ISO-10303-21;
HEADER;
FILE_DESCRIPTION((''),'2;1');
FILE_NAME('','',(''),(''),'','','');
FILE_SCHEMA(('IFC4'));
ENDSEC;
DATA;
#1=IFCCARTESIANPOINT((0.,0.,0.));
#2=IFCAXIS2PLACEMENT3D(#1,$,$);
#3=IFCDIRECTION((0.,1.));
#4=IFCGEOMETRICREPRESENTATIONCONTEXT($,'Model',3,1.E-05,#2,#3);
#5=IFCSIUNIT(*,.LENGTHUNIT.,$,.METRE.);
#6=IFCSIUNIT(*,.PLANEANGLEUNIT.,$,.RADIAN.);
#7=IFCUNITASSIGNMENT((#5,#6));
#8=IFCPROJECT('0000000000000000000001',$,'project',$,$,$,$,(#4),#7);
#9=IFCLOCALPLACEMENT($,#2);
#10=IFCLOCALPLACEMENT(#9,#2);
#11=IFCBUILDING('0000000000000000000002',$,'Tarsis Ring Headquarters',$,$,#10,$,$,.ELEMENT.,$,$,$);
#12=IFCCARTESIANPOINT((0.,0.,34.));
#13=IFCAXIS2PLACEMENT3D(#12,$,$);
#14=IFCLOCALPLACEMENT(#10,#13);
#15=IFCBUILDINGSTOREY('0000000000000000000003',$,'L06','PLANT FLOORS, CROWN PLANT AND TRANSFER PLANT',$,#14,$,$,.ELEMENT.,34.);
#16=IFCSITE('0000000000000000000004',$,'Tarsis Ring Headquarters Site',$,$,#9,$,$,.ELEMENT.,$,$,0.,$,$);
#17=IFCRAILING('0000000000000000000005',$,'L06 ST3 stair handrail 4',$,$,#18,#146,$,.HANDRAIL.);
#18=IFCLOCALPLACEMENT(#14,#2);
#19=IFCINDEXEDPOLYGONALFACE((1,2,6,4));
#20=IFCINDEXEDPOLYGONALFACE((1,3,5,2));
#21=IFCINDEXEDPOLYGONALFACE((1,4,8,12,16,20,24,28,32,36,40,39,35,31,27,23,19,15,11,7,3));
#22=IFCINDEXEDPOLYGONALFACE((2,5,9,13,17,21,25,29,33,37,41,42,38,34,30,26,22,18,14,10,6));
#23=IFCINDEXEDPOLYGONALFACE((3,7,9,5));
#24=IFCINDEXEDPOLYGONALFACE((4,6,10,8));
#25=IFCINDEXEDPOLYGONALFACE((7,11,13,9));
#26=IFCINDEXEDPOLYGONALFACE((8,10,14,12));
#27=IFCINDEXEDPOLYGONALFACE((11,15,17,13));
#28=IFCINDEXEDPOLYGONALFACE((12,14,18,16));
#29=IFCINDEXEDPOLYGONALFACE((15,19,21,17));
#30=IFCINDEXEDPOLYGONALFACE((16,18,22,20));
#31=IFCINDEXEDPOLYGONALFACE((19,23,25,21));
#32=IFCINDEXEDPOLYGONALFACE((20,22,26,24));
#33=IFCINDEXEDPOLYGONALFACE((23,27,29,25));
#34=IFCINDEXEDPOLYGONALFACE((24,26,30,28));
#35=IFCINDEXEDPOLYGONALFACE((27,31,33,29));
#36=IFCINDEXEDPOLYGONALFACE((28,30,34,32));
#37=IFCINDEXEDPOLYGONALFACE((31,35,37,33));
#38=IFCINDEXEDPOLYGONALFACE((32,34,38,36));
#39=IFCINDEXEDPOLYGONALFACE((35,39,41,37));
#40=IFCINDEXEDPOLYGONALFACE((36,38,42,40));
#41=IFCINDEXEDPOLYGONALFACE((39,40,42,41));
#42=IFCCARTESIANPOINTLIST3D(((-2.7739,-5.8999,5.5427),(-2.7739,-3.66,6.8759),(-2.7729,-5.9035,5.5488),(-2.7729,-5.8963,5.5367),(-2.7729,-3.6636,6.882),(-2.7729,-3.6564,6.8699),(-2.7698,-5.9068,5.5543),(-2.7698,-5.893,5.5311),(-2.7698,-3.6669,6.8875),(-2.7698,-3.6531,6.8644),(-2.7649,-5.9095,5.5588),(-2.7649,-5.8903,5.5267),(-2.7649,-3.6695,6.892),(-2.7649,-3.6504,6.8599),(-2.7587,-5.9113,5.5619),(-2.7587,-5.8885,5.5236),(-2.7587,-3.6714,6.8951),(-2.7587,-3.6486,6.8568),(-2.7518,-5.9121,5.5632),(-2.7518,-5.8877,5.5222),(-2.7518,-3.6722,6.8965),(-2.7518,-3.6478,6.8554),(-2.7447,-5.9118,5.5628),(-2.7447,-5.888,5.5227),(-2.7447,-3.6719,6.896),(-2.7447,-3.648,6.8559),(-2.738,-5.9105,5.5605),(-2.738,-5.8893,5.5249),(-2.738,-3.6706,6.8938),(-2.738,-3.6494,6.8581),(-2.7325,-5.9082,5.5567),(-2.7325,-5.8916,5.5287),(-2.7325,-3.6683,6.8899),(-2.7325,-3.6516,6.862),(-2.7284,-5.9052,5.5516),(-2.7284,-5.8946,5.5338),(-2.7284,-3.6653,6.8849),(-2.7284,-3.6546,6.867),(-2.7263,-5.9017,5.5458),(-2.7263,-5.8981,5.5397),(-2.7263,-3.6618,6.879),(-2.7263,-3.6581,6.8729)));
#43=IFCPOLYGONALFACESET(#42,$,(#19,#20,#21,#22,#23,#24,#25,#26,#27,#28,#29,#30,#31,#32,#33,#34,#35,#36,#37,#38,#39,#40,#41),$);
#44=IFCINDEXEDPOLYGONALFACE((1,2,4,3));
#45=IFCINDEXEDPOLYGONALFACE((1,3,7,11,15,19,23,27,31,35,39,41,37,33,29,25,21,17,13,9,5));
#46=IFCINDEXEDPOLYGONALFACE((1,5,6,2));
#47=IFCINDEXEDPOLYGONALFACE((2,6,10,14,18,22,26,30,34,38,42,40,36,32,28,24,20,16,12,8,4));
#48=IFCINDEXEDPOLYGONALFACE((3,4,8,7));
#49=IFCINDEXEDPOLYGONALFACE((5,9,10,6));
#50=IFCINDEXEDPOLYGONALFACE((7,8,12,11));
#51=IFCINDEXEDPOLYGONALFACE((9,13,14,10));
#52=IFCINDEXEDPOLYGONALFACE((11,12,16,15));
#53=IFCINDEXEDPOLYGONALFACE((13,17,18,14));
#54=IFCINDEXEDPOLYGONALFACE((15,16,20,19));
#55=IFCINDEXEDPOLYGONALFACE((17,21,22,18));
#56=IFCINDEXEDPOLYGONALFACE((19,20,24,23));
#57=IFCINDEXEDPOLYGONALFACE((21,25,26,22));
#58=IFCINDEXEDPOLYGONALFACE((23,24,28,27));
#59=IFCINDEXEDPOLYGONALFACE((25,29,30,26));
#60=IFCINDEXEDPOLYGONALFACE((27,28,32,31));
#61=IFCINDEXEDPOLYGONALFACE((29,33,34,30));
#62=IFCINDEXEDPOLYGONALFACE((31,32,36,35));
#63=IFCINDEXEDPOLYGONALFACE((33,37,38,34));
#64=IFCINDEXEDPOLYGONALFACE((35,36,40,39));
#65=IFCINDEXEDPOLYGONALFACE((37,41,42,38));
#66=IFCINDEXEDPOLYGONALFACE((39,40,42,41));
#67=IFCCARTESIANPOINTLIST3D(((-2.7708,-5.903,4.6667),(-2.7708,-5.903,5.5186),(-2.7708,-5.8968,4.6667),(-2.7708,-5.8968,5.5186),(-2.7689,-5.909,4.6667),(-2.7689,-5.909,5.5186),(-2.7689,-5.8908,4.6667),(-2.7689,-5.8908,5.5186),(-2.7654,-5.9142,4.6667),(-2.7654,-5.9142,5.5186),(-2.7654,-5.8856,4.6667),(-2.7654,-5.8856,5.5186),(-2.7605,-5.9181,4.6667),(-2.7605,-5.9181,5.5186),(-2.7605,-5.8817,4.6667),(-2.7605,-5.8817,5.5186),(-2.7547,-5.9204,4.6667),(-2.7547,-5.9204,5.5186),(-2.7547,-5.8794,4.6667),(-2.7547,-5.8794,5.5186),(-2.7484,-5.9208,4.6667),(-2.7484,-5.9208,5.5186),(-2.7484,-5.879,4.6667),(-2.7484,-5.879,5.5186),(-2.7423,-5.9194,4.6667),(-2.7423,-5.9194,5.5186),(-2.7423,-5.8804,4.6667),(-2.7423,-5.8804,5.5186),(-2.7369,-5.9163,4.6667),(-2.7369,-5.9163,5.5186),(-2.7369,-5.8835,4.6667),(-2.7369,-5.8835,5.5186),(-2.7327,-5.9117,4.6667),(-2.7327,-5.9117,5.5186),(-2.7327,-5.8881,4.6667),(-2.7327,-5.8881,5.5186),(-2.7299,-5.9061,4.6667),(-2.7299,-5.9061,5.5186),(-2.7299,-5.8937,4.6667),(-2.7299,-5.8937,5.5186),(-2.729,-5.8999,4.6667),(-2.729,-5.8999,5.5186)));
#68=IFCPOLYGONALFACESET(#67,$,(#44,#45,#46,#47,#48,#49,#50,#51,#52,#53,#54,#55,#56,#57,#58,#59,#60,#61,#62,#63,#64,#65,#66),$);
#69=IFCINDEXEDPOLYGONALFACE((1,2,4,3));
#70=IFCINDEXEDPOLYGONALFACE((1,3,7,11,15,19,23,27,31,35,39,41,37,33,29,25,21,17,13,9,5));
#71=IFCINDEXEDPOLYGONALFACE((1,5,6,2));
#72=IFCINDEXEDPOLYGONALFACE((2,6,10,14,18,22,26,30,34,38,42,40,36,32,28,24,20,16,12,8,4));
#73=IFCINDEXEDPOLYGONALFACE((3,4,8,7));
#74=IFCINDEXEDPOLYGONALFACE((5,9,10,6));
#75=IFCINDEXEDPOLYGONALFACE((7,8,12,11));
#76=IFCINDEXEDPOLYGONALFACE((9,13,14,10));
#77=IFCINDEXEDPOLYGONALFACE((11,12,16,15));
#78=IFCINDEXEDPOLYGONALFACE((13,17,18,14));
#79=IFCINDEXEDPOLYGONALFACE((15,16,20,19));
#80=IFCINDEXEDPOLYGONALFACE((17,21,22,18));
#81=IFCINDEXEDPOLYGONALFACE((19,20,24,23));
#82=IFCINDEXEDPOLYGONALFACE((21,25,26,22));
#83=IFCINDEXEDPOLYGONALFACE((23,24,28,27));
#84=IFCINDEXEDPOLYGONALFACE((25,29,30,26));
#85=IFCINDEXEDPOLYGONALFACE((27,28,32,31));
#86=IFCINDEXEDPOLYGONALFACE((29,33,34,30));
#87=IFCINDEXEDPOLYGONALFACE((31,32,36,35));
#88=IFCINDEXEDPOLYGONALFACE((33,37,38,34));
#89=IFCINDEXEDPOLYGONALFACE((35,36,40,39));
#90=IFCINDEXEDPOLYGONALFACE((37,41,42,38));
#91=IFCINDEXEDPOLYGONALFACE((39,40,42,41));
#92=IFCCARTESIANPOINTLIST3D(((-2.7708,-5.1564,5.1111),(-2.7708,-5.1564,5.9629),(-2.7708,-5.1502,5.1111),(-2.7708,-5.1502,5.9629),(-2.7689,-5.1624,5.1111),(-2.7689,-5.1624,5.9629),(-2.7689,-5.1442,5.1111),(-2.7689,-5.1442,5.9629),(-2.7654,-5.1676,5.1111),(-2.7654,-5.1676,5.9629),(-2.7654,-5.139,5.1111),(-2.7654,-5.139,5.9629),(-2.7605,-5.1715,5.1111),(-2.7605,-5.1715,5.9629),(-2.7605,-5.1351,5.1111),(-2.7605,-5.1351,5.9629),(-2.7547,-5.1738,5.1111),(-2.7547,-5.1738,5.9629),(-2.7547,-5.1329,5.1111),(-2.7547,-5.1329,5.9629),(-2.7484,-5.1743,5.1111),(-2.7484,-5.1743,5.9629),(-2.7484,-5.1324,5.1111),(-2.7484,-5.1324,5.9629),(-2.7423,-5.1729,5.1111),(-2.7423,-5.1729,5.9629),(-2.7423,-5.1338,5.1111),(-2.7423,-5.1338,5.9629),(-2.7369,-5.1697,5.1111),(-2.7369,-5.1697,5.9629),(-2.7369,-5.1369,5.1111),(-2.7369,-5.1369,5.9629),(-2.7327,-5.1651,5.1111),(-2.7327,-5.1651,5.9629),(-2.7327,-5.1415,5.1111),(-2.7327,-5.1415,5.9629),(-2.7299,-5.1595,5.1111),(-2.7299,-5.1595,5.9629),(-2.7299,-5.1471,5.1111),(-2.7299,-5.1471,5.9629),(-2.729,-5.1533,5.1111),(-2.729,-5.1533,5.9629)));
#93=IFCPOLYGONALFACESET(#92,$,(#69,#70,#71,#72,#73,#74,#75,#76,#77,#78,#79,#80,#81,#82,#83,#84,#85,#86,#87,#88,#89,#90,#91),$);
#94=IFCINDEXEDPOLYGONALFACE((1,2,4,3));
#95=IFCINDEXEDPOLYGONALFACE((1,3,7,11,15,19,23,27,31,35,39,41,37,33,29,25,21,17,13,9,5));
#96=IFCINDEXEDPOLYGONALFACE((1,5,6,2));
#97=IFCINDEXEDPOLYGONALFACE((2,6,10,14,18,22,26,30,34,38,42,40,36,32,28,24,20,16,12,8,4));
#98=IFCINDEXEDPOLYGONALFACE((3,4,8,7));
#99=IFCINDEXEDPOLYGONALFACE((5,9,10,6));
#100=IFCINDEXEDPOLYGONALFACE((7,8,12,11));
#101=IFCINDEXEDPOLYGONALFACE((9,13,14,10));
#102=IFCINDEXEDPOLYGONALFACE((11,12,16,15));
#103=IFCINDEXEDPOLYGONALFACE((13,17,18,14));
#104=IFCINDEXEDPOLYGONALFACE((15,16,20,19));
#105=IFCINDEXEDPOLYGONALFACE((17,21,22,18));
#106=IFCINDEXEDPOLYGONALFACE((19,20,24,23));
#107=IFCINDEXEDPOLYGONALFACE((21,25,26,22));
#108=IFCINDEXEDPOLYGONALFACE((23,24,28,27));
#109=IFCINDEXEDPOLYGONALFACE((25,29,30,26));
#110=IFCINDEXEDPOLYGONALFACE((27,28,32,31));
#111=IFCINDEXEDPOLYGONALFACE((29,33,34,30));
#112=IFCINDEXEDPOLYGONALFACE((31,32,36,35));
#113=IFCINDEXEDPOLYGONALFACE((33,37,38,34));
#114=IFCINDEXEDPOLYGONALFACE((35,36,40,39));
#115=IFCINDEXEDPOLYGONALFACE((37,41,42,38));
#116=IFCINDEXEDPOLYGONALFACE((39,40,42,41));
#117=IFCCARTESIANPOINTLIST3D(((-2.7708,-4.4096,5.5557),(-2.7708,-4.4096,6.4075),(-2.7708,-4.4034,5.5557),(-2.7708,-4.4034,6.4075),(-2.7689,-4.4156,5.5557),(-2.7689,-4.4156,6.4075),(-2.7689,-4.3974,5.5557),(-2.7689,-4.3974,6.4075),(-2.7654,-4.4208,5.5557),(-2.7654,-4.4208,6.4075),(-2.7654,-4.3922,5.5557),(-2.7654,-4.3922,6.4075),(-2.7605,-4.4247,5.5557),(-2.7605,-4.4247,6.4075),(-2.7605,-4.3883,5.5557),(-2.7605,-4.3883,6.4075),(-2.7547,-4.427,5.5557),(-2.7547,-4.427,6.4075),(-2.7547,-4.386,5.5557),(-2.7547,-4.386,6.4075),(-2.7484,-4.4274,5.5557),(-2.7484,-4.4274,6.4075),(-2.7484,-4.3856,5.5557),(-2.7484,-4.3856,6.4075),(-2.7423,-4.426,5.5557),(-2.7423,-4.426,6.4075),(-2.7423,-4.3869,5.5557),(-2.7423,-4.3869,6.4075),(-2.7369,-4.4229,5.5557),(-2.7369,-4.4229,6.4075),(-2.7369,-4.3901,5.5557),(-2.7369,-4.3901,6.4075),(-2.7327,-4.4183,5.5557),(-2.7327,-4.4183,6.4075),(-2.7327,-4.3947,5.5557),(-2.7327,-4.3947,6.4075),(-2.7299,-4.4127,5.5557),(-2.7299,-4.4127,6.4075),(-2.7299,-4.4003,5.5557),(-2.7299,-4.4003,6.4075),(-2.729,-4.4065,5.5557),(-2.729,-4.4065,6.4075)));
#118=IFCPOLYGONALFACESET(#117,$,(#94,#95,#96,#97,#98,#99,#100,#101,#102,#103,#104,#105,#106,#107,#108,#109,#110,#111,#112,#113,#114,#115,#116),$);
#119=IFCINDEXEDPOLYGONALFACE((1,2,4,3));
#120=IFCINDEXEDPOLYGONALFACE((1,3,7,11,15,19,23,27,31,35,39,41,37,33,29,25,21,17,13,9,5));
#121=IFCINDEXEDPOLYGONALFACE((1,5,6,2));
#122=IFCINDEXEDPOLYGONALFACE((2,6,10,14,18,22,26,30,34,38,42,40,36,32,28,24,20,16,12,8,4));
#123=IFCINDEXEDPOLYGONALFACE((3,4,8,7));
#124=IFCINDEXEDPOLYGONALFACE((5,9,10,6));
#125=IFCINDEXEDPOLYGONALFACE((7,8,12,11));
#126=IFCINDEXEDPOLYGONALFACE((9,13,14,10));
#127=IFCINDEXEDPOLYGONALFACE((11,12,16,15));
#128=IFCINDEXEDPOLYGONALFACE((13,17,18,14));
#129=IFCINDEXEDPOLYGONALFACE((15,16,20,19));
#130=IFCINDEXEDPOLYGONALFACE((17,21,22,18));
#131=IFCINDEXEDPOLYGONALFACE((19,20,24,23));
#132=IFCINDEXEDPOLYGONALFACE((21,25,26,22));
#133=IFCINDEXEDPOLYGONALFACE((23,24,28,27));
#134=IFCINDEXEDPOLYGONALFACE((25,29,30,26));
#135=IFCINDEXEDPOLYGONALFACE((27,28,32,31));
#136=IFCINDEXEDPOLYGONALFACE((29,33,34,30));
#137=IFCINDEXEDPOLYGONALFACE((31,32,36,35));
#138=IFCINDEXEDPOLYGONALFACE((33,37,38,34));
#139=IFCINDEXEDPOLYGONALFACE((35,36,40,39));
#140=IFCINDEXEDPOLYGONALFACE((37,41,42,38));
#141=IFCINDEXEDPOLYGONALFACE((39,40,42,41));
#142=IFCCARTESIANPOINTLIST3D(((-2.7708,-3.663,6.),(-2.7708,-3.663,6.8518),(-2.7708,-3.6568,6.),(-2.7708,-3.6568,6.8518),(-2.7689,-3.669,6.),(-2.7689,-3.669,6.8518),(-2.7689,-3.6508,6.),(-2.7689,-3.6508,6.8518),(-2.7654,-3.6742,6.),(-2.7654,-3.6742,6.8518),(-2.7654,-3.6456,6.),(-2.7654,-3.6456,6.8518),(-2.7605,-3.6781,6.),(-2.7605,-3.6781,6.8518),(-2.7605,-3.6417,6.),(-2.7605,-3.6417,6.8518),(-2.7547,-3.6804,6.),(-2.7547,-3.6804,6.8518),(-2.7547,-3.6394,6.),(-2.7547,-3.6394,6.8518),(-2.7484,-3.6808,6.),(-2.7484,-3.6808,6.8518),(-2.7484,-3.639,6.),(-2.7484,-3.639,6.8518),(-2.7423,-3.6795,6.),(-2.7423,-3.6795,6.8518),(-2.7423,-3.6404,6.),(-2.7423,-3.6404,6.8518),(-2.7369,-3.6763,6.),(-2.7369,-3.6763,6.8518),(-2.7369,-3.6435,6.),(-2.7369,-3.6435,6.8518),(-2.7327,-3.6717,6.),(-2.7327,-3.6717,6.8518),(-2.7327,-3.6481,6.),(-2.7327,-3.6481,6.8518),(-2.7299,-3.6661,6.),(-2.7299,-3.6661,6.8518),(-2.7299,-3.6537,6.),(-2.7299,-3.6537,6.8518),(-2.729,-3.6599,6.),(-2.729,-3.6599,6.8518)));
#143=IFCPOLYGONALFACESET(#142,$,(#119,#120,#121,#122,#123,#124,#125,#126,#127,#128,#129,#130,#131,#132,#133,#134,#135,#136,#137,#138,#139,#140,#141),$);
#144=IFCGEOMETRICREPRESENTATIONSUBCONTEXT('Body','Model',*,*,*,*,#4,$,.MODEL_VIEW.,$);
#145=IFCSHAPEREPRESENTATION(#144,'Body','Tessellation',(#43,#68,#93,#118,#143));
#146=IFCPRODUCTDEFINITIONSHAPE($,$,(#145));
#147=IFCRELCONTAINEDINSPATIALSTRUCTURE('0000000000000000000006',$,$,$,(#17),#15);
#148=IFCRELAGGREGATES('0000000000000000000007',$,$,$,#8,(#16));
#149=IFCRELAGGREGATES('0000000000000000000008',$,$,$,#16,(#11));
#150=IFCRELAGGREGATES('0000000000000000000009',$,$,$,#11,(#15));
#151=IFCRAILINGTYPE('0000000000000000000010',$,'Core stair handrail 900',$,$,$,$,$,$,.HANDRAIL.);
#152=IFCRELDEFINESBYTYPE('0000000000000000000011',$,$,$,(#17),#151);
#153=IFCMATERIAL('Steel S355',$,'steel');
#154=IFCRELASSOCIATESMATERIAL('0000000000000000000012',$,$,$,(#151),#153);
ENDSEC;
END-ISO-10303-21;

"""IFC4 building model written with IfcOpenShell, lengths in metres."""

from ifc_helpers import new_model, si_unit, direction, frame, origin, origin_2d, place, context, subcontext, project, spatial, circle, extrude, material, type_object, element, save


model = new_model("IFC4")

# Units and contexts
model_context = context("Model", 3, precision=1e-05, world=origin(), true_north=direction((0.0, 1.0)))
body_context = subcontext(model_context, "Body", "Model", "MODEL_VIEW")
ifc_project = project(units=[si_unit("LENGTHUNIT", "METRE"), si_unit("PLANEANGLEUNIT", "RADIAN")], contexts=[model_context])

# Site, building, storey
site_placement = place(None, origin())
site = spatial("IfcSite", under=ifc_project, at=site_placement, Name="Tarsis Ring Headquarters Site", CompositionType="ELEMENT", RefElevation=0.0)
building_placement = place(site_placement, origin())
building = spatial("IfcBuilding", under=site, at=building_placement, Name="Tarsis Ring Headquarters", CompositionType="ELEMENT")
storey_placement = place(building_placement, frame((0.0, 0.0, 34.0)))
storey = spatial("IfcBuildingStorey", under=building, at=storey_placement, Name="L06", Description="PLANT FLOORS, CROWN PLANT AND TRANSFER PLANT", CompositionType="ELEMENT", Elevation=34.0)

# Railing
ifc_material_1 = material(Name="Steel S355", Category="steel")
railing_type_1 = type_object("IfcRailingType", Name="Core stair handrail 900", PredefinedType="HANDRAIL", material=ifc_material_1)
railing_placement = place(storey_placement, frame((-2.75, -5.8999, 4.6667)))
element("IfcRailing", 1, at=railing_placement, inside=storey, type_object=railing_type_1, Name="L06 ST3 stair handrail 4", PredefinedType="HANDRAIL", context=body_context, shape_type="SweptSolid", body=[
    extrude(circle(Radius=0.0239, at=origin_2d()), frame((0.0, 0.0, 0.876), z_axis=(0.0, 0.859306, 0.511462), x_axis=(-1.0, 0.0, 0.0)), (0.0, 0.0, 1.0), 2.6067),
    extrude(circle(Radius=0.021, at=origin_2d()), origin(), (0.0, 0.0, 1.0), 0.8518),
    extrude(circle(Radius=0.021, at=origin_2d()), frame((0.0, 0.7466, 0.4443)), (0.0, 0.0, 1.0), 0.8518),
    extrude(circle(Radius=0.021, at=origin_2d()), frame((0.0, 1.4934, 0.8889)), (0.0, 0.0, 1.0), 0.8518),
    extrude(circle(Radius=0.021, at=origin_2d()), frame((0.0, 2.24, 1.3333)), (0.0, 0.0, 1.0), 0.8518),
])

save(model, "model.ifc")
